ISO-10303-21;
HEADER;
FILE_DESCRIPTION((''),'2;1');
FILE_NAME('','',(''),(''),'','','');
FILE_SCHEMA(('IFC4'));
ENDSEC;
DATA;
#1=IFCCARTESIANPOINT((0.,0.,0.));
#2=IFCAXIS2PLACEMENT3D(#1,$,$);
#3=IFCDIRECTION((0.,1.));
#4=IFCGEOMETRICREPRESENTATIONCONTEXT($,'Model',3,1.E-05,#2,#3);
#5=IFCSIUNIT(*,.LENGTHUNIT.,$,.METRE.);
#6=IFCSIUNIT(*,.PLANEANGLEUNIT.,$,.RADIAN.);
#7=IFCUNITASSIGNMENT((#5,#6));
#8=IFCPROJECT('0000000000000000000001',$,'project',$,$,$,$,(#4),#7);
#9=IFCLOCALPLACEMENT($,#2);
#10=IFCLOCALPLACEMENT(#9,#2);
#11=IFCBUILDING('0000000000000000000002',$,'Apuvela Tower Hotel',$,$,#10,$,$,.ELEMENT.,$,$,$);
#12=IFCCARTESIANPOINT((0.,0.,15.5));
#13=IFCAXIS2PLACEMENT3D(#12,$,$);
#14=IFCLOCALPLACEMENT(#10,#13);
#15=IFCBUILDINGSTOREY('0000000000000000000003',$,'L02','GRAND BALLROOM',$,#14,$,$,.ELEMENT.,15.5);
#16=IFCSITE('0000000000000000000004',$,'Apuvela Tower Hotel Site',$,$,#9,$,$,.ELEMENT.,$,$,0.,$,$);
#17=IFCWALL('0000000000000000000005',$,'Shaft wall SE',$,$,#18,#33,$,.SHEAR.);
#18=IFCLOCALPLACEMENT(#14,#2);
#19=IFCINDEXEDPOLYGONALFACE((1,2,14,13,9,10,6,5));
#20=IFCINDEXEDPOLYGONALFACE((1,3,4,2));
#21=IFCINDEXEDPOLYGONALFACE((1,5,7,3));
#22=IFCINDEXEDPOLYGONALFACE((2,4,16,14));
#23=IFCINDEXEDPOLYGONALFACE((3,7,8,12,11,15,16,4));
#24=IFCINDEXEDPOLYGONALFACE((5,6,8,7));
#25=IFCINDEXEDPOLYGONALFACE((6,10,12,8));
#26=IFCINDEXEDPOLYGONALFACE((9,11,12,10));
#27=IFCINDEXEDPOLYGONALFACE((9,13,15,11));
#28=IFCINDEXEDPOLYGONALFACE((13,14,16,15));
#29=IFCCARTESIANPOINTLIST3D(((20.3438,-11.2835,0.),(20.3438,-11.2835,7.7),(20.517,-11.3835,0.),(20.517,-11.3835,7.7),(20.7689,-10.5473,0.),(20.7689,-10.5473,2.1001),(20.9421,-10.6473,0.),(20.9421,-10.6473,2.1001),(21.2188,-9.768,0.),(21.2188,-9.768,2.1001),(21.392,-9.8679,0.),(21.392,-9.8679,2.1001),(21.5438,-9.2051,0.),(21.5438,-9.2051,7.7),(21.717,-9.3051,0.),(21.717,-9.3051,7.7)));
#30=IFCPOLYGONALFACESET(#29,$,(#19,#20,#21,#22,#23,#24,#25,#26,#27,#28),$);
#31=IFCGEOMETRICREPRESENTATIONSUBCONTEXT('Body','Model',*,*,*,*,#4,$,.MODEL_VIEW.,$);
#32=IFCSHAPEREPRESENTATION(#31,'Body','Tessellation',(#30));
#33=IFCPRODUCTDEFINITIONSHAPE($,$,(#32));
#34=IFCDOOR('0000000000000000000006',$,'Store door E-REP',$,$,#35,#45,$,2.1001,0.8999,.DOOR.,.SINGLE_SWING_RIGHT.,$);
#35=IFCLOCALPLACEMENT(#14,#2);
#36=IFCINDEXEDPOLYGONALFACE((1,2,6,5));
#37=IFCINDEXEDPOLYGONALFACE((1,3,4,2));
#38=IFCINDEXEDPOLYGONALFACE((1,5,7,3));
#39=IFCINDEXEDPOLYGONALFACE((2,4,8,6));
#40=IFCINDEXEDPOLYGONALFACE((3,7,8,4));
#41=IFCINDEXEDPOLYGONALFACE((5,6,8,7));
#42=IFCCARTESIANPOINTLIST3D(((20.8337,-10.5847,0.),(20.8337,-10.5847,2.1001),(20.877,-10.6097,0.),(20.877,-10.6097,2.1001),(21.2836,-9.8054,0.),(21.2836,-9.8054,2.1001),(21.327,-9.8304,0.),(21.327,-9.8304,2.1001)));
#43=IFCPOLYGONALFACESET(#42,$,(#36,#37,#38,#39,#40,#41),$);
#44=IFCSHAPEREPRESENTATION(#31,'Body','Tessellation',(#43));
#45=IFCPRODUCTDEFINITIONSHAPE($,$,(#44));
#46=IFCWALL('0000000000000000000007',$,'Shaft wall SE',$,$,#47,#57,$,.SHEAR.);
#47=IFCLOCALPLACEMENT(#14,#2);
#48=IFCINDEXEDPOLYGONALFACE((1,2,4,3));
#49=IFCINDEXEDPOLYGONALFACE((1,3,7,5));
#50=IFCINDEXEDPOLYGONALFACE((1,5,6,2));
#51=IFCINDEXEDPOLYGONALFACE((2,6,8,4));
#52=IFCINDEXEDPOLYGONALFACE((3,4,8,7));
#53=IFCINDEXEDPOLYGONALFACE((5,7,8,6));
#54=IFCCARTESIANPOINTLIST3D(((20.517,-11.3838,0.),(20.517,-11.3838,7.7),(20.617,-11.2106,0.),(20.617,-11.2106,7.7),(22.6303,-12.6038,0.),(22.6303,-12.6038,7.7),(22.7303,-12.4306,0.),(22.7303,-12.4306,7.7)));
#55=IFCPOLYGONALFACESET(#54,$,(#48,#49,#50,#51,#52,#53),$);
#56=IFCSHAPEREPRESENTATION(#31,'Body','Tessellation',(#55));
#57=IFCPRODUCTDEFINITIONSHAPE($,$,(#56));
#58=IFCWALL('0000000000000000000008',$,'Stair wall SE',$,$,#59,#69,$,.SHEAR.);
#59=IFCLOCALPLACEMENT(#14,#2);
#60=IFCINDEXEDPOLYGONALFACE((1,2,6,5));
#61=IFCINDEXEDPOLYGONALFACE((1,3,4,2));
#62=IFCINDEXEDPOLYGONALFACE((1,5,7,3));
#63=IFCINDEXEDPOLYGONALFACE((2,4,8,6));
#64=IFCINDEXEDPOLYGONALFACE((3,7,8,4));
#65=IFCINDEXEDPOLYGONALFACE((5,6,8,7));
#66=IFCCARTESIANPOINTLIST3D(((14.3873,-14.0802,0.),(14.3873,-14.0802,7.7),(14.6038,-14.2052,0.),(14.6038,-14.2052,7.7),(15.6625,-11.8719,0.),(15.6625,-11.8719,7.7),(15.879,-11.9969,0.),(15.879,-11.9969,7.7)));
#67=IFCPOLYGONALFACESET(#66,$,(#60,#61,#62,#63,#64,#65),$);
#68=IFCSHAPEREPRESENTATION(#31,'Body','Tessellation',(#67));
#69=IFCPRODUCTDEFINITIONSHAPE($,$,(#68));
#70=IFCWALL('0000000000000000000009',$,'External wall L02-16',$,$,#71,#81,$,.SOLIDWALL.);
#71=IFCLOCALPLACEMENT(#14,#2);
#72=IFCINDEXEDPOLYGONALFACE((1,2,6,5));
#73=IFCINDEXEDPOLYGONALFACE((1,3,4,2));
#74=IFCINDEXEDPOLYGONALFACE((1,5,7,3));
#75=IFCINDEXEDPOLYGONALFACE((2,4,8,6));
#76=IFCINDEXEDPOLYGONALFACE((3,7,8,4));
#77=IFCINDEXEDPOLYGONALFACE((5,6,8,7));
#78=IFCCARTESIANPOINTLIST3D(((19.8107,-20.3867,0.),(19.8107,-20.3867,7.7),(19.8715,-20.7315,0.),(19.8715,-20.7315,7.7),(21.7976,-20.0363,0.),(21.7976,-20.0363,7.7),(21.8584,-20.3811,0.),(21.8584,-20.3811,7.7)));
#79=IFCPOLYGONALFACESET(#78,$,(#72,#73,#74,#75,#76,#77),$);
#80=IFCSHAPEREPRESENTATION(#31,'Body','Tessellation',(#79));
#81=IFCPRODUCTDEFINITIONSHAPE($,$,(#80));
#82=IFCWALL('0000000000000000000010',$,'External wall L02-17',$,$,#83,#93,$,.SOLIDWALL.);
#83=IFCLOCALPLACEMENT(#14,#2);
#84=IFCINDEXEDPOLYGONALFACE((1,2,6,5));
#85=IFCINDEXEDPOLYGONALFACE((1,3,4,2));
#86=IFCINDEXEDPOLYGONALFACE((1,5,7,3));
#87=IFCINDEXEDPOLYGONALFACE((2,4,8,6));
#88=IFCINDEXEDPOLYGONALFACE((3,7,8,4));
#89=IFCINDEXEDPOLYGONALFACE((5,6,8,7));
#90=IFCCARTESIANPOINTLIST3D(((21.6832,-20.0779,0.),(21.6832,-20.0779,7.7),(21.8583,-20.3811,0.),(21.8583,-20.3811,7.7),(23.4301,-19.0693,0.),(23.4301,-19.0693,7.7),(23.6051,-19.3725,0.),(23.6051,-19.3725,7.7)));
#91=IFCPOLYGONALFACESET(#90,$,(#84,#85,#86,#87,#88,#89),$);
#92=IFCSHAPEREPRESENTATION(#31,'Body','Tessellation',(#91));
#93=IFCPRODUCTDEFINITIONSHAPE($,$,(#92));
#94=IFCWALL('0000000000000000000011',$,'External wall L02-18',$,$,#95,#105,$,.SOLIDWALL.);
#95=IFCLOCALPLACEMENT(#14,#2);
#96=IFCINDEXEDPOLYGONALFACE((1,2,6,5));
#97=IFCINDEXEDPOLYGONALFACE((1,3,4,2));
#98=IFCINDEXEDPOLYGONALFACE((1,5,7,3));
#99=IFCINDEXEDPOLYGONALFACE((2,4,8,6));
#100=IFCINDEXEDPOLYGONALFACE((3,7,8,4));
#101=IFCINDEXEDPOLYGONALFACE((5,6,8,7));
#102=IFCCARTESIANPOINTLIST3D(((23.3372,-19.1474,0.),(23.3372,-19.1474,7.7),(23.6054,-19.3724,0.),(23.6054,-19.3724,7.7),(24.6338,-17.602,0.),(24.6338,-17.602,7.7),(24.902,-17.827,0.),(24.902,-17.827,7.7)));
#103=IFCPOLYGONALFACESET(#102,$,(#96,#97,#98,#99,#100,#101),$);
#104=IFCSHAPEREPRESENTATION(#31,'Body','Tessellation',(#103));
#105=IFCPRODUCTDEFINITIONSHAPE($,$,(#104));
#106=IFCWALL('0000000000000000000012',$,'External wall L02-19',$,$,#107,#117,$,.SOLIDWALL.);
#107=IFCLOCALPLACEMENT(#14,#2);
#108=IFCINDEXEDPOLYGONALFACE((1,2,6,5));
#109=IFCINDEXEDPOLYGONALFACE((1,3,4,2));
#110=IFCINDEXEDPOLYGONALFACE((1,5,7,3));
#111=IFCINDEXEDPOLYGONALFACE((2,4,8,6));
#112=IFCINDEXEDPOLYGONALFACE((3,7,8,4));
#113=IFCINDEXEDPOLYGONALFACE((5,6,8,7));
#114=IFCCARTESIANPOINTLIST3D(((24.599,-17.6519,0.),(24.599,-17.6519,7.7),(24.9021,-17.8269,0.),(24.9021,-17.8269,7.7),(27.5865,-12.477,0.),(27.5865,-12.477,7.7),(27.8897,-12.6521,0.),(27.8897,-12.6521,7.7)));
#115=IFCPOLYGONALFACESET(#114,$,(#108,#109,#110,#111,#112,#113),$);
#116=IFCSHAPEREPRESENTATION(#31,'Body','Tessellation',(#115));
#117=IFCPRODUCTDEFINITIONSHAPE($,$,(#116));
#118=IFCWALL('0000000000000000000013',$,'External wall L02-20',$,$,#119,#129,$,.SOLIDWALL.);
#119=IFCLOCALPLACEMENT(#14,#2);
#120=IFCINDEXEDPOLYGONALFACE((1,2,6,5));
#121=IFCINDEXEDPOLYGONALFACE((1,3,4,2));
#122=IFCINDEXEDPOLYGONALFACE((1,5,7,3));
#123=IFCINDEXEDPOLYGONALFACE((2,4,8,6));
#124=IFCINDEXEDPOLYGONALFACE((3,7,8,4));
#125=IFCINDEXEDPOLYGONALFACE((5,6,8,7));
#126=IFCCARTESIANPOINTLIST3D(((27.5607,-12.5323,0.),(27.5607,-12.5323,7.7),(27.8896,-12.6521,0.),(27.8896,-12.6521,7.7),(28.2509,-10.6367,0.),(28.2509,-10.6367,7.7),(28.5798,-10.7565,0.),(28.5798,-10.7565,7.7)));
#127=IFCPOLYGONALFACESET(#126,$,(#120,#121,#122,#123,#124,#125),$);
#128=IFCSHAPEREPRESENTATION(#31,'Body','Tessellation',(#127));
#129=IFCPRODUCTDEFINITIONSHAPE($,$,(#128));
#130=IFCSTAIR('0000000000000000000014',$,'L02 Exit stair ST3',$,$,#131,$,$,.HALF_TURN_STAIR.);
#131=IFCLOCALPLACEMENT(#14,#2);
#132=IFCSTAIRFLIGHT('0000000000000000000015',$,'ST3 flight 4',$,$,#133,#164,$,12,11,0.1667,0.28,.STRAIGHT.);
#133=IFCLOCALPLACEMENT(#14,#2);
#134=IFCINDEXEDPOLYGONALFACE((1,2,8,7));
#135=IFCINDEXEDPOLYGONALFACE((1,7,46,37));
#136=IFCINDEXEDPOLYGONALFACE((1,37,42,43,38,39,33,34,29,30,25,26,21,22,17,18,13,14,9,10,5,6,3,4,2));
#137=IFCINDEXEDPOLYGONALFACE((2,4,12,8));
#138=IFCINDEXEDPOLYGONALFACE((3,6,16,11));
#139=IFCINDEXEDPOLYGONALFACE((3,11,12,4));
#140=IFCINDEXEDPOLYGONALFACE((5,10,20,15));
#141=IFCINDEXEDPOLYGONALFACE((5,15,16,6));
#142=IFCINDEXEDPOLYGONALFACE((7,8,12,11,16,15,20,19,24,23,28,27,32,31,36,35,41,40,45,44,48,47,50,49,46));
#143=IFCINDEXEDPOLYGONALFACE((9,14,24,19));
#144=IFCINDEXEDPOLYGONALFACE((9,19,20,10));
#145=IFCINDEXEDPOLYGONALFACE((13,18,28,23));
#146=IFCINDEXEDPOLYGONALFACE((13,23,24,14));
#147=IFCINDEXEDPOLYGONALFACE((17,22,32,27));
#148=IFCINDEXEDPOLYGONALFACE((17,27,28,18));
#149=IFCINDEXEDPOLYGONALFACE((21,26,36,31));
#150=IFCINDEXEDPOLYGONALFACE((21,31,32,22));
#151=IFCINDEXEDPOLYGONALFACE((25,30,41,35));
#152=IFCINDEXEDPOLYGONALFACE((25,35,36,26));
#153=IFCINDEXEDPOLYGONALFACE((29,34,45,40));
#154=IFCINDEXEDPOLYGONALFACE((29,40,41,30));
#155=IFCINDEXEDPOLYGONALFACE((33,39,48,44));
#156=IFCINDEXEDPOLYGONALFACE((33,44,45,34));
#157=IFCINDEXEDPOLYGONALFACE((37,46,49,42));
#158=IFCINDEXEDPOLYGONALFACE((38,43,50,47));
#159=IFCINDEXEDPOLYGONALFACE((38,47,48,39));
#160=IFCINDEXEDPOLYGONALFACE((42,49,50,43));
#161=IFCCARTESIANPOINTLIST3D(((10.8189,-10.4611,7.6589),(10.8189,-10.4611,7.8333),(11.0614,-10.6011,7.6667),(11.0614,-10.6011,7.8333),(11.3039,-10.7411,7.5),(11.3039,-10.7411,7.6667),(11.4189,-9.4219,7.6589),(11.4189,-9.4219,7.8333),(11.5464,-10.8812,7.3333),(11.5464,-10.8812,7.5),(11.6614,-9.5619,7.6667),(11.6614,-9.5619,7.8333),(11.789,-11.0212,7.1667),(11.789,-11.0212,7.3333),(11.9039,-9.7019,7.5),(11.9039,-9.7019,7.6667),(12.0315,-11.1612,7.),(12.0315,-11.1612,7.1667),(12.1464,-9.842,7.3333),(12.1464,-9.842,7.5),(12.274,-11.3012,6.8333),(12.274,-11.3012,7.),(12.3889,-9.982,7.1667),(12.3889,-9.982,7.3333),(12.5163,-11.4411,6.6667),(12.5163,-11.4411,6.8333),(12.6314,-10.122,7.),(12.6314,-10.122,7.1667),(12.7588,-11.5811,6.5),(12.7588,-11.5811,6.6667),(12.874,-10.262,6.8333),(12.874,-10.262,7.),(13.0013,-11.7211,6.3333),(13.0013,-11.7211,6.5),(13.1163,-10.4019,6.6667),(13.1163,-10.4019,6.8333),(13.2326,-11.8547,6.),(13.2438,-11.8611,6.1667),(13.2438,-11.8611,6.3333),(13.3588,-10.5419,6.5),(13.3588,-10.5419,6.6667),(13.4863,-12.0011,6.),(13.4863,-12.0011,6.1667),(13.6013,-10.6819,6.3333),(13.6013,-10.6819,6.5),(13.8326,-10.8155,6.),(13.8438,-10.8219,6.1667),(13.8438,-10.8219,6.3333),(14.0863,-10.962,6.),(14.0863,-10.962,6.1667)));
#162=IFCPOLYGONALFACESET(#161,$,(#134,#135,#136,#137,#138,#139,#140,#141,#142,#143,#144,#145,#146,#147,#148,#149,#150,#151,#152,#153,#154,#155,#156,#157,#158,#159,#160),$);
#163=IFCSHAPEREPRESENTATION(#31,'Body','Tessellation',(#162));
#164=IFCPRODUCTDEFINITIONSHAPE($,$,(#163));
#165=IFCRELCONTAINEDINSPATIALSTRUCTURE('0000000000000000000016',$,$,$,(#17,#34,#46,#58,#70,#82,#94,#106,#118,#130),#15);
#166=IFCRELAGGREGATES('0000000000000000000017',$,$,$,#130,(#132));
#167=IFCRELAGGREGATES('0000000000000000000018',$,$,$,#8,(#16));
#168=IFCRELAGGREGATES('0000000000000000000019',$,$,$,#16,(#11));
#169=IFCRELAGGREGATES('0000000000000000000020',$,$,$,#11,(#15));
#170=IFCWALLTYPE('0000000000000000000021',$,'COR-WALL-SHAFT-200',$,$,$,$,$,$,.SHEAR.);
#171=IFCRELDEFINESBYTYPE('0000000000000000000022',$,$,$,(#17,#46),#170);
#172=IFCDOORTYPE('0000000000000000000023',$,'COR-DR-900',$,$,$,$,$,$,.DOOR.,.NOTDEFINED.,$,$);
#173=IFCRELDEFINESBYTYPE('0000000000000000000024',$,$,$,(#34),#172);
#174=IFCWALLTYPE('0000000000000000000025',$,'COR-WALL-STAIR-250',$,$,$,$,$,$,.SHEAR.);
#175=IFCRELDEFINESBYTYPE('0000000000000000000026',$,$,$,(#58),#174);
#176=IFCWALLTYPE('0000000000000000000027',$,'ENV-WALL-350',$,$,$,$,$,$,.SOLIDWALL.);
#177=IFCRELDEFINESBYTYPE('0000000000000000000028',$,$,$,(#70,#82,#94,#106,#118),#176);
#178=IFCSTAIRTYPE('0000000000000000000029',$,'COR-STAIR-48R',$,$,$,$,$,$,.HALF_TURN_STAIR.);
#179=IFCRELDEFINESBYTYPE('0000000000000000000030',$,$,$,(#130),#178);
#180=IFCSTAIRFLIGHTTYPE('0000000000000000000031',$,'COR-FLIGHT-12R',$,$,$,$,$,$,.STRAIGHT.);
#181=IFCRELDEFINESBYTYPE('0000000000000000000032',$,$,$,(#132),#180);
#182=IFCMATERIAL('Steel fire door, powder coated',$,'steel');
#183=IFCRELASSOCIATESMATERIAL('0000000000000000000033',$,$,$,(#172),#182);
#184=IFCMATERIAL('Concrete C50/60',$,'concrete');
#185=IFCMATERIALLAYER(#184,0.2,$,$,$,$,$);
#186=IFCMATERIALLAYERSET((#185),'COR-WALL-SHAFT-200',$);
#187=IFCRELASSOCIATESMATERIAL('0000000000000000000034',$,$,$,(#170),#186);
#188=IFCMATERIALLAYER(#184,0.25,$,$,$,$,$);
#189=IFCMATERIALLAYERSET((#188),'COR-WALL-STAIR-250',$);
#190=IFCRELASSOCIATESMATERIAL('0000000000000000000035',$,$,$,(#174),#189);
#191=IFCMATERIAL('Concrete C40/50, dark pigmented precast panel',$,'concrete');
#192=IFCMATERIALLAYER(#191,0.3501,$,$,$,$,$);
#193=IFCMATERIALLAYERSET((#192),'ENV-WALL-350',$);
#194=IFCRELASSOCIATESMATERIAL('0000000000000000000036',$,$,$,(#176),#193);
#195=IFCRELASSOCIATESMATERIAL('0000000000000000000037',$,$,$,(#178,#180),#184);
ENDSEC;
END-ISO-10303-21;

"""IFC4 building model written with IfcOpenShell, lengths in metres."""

from ifc_helpers import new_model, si_unit, direction, frame, frame_2d, origin, place, context, subcontext, project, spatial, polyline, rectangle, outline, extrude, material, layer, layer_set, type_object, element, fill, aggregate, save


model = new_model("IFC4")

# Units and contexts
model_context = context("Model", 3, precision=1e-05, world=origin(), true_north=direction((0.0, 1.0)))
body_context = subcontext(model_context, "Body", "Model", "MODEL_VIEW")
ifc_project = project(units=[si_unit("LENGTHUNIT", "METRE"), si_unit("PLANEANGLEUNIT", "RADIAN")], contexts=[model_context])

# Site, building, storey
site_placement = place(None, origin())
site = spatial("IfcSite", under=ifc_project, at=site_placement, Name="Apuvela Tower Hotel Site", CompositionType="ELEMENT", RefElevation=0.0)
building_placement = place(site_placement, origin())
building = spatial("IfcBuilding", under=site, at=building_placement, Name="Apuvela Tower Hotel", CompositionType="ELEMENT")
storey_placement = place(building_placement, frame((0.0, 0.0, 15.5)))
storey = spatial("IfcBuildingStorey", under=building, at=storey_placement, Name="L02", Description="GRAND BALLROOM", CompositionType="ELEMENT", Elevation=15.5)

# Shared definitions
ifc_material_1 = material(Name="Concrete C50/60", Category="concrete")

# Shared definitions
ifc_material_2 = material(Name="Steel fire door, powder coated", Category="steel")
door_type_1 = type_object("IfcDoorType", Name="COR-DR-900", OperationType="NOTDEFINED", PredefinedType="DOOR", material=ifc_material_2)

# Shared definitions
ifc_layer_1 = layer(ifc_material_1, 0.2)
ifc_layer_set_1 = layer_set([ifc_layer_1], Name="COR-WALL-SHAFT-200")
wall_type_1 = type_object("IfcWallType", Name="COR-WALL-SHAFT-200", PredefinedType="SHEAR", material=ifc_layer_set_1)

# Wall, opening, door
wall_1_placement = place(storey_placement, frame((20.4304, -11.3335, 0.0), z_axis=(0.0, 0.0, 1.0), x_axis=(0.500001, 0.866025, 0.0)))
wall_1 = element("IfcWall", 1, at=wall_1_placement, inside=storey, type_object=wall_type_1, Name="Shaft wall SE", PredefinedType="SHEAR", context=body_context, shape_type="SweptSolid", body=[
    extrude(rectangle(XDim=2.3999, YDim=0.2, at=frame_2d((1.2, 0.0))), origin(), (0.0, 0.0, 1.0), 7.7),
])
opening_1_placement = place(wall_1_placement, frame((0.8501, 0.0, 0.0)))
opening_1 = element("IfcOpeningElement", 2, at=opening_1_placement, cuts=wall_1, PredefinedType="OPENING", context=body_context, shape_type="SweptSolid", body=[
    extrude(rectangle(XDim=0.8999, YDim=2.1001, at=frame_2d((0.45, 1.05))), frame((0.0, 0.1099, 0.0), z_axis=(0.0, -1.0, 0.0), x_axis=(1.0, 0.0, 0.0)), (0.0, 0.0, 1.0), 0.22),
])
door_1_placement = place(opening_1_placement, frame((0.8999, 0.0, 0.0), z_axis=(0.0, 0.0, 1.0), x_axis=(-1.0, 0.0, 0.0)))
door_1 = element("IfcDoor", 3, at=door_1_placement, inside=storey, type_object=door_type_1, Name="Store door E-REP", OperationType="SINGLE_SWING_RIGHT", OverallHeight=2.1001, OverallWidth=0.8999, PredefinedType="DOOR", context=body_context, shape_type="SweptSolid", body=[
    extrude(rectangle(XDim=0.8999, YDim=2.1001, at=frame_2d((0.45, 1.05))), frame((0.0, 0.0249, 0.0), z_axis=(0.0, -1.0, 0.0), x_axis=(1.0, 0.0, 0.0)), (0.0, 0.0, 1.0), 0.05),
])
fill(opening_1, door_1)

# Walls
wall_2_placement = place(storey_placement, frame((20.5669, -11.2971, 0.0), z_axis=(0.0, 0.0, 1.0), x_axis=(0.866049, -0.499959, 0.0)))
element("IfcWall", 4, at=wall_2_placement, inside=storey, type_object=wall_type_1, Name="Shaft wall SE", PredefinedType="SHEAR", context=body_context, shape_type="SweptSolid", body=[
    extrude(rectangle(XDim=2.4402, YDim=0.2, at=frame_2d((1.2202, 0.0))), origin(), (0.0, 0.0, 1.0), 7.7),
])
ifc_layer_2 = layer(ifc_material_1, 0.25)
ifc_layer_set_2 = layer_set([ifc_layer_2], Name="COR-WALL-STAIR-250")
wall_type_2 = type_object("IfcWallType", Name="COR-WALL-STAIR-250", PredefinedType="SHEAR", material=ifc_layer_set_2)
wall_3_placement = place(storey_placement, frame((14.4956, -14.1426, 0.0), z_axis=(0.0, 0.0, 1.0), x_axis=(0.500062, 0.865989, 0.0)))
element("IfcWall", 5, at=wall_3_placement, inside=storey, type_object=wall_type_2, Name="Stair wall SE", PredefinedType="SHEAR", context=body_context, shape_type="SweptSolid", body=[
    extrude(rectangle(XDim=2.55, YDim=0.25, at=frame_2d((1.2749, 0.0))), origin(), (0.0, 0.0, 1.0), 7.7),
])
ifc_material_3 = material(Name="Concrete C40/50, dark pigmented precast panel", Category="concrete")
ifc_layer_3 = layer(ifc_material_3, 0.3501)
ifc_layer_set_3 = layer_set([ifc_layer_3], Name="ENV-WALL-350")
wall_type_3 = type_object("IfcWallType", Name="ENV-WALL-350", PredefinedType="SOLIDWALL", material=ifc_layer_set_3)
wall_4_placement = place(storey_placement, frame((19.8411, -20.5591, 0.0), z_axis=(0.0, 0.0, 1.0), x_axis=(0.984807, 0.173654, 0.0)))
element("IfcWall", 6, at=wall_4_placement, inside=storey, type_object=wall_type_3, Name="External wall L02-16", PredefinedType="SOLIDWALL", context=body_context, shape_type="SweptSolid", body=[
    extrude(rectangle(XDim=2.0176, YDim=0.3501, at=frame_2d((1.0088, 0.0))), origin(), (0.0, 0.0, 1.0), 7.7),
])
wall_5_placement = place(storey_placement, frame((21.7708, -20.2295, 0.0), z_axis=(0.0, 0.0, 1.0), x_axis=(0.866022, 0.500005, 0.0)))
element("IfcWall", 7, at=wall_5_placement, inside=storey, type_object=wall_type_3, Name="External wall L02-17", PredefinedType="SOLIDWALL", context=body_context, shape_type="SweptSolid", body=[
    extrude(rectangle(XDim=2.0171, YDim=0.3501, at=frame_2d((1.0085, 0.0))), origin(), (0.0, 0.0, 1.0), 7.7),
])
wall_6_placement = place(storey_placement, frame((23.4712, -19.26, 0.0), z_axis=(0.0, 0.0, 1.0), x_axis=(0.642752, 0.766074, 0.0)))
element("IfcWall", 8, at=wall_6_placement, inside=storey, type_object=wall_type_3, Name="External wall L02-18", PredefinedType="SOLIDWALL", context=body_context, shape_type="SweptSolid", body=[
    extrude(rectangle(XDim=2.0173, YDim=0.3501, at=frame_2d((1.0088, 0.0))), origin(), (0.0, 0.0, 1.0), 7.7),
])
wall_7_placement = place(storey_placement, frame((24.7505, -17.7395, 0.0), z_axis=(0.0, 0.0, 1.0), x_axis=(0.499984, 0.866035, 0.0)))
element("IfcWall", 9, at=wall_7_placement, inside=storey, type_object=wall_type_3, Name="External wall L02-19", PredefinedType="SOLIDWALL", context=body_context, shape_type="SweptSolid", body=[
    extrude(rectangle(XDim=5.9753, YDim=0.3501, at=frame_2d((2.9878, 0.0))), origin(), (0.0, 0.0, 1.0), 7.7),
])
wall_8_placement = place(storey_placement, frame((27.7251, -12.5923, 0.0), z_axis=(0.0, 0.0, 1.0), x_axis=(0.342141, 0.939648, 0.0)))
element("IfcWall", 10, at=wall_8_placement, inside=storey, type_object=wall_type_3, Name="External wall L02-20", PredefinedType="SOLIDWALL", context=body_context, shape_type="SweptSolid", body=[
    extrude(rectangle(XDim=2.0173, YDim=0.3501, at=frame_2d((1.0088, 0.0))), origin(), (0.0, 0.0, 1.0), 7.7),
])

# Stair, stair flight
stair_type = type_object("IfcStairType", Name="COR-STAIR-48R", PredefinedType="HALF_TURN_STAIR", material=ifc_material_1)
stair_placement = place(storey_placement, origin())
stair = element("IfcStair", 11, at=stair_placement, inside=storey, type_object=stair_type, Name="L02 Exit stair ST3", PredefinedType="HALF_TURN_STAIR")
stair_flight_type = type_object("IfcStairFlightType", Name="COR-FLIGHT-12R", PredefinedType="STRAIGHT", material=ifc_material_1)
stair_flight_placement = place(storey_placement, frame((13.7864, -11.4814, 6.0), z_axis=(0.0, 0.0, 1.0), x_axis=(-0.866025, 0.5, 0.0)))
stair_flight = element("IfcStairFlight", 12, at=stair_flight_placement, type_object=stair_flight_type, Name="ST3 flight 4", NumberOfRisers=12, NumberOfTreads=11, PredefinedType="STRAIGHT", RiserHeight=0.1667, TreadLength=0.28, context=body_context, shape_type="SweptSolid", body=[
    extrude(outline(polyline([(0.0, 0.0), (0.0, 0.1667), (0.28, 0.1667), (0.28, 0.3333), (0.5601, 0.3333), (0.5601, 0.5), (0.8401, 0.5), (0.8401, 0.6667), (1.1201, 0.6667), (1.1201, 0.8333), (1.3999, 0.8333), (1.3999, 1.0), (1.6799, 1.0), (1.6799, 1.1667), (1.96, 1.1667), (1.96, 1.3333), (2.24, 1.3333), (2.24, 1.5), (2.52, 1.5), (2.52, 1.6667), (2.8, 1.6667), (2.8, 1.8333), (3.0801, 1.8333), (3.0801, 2.0), (3.0801, 1.6589), (0.293, 0.0), (0.0, 0.0)])), frame((0.0, 0.6001, 0.0), z_axis=(0.0, -1.0, 0.0), x_axis=(1.0, 0.0, 0.0)), (0.0, 0.0, 1.0), 1.2),
])
aggregate(stair, [stair_flight])

save(model, "model.ifc")
